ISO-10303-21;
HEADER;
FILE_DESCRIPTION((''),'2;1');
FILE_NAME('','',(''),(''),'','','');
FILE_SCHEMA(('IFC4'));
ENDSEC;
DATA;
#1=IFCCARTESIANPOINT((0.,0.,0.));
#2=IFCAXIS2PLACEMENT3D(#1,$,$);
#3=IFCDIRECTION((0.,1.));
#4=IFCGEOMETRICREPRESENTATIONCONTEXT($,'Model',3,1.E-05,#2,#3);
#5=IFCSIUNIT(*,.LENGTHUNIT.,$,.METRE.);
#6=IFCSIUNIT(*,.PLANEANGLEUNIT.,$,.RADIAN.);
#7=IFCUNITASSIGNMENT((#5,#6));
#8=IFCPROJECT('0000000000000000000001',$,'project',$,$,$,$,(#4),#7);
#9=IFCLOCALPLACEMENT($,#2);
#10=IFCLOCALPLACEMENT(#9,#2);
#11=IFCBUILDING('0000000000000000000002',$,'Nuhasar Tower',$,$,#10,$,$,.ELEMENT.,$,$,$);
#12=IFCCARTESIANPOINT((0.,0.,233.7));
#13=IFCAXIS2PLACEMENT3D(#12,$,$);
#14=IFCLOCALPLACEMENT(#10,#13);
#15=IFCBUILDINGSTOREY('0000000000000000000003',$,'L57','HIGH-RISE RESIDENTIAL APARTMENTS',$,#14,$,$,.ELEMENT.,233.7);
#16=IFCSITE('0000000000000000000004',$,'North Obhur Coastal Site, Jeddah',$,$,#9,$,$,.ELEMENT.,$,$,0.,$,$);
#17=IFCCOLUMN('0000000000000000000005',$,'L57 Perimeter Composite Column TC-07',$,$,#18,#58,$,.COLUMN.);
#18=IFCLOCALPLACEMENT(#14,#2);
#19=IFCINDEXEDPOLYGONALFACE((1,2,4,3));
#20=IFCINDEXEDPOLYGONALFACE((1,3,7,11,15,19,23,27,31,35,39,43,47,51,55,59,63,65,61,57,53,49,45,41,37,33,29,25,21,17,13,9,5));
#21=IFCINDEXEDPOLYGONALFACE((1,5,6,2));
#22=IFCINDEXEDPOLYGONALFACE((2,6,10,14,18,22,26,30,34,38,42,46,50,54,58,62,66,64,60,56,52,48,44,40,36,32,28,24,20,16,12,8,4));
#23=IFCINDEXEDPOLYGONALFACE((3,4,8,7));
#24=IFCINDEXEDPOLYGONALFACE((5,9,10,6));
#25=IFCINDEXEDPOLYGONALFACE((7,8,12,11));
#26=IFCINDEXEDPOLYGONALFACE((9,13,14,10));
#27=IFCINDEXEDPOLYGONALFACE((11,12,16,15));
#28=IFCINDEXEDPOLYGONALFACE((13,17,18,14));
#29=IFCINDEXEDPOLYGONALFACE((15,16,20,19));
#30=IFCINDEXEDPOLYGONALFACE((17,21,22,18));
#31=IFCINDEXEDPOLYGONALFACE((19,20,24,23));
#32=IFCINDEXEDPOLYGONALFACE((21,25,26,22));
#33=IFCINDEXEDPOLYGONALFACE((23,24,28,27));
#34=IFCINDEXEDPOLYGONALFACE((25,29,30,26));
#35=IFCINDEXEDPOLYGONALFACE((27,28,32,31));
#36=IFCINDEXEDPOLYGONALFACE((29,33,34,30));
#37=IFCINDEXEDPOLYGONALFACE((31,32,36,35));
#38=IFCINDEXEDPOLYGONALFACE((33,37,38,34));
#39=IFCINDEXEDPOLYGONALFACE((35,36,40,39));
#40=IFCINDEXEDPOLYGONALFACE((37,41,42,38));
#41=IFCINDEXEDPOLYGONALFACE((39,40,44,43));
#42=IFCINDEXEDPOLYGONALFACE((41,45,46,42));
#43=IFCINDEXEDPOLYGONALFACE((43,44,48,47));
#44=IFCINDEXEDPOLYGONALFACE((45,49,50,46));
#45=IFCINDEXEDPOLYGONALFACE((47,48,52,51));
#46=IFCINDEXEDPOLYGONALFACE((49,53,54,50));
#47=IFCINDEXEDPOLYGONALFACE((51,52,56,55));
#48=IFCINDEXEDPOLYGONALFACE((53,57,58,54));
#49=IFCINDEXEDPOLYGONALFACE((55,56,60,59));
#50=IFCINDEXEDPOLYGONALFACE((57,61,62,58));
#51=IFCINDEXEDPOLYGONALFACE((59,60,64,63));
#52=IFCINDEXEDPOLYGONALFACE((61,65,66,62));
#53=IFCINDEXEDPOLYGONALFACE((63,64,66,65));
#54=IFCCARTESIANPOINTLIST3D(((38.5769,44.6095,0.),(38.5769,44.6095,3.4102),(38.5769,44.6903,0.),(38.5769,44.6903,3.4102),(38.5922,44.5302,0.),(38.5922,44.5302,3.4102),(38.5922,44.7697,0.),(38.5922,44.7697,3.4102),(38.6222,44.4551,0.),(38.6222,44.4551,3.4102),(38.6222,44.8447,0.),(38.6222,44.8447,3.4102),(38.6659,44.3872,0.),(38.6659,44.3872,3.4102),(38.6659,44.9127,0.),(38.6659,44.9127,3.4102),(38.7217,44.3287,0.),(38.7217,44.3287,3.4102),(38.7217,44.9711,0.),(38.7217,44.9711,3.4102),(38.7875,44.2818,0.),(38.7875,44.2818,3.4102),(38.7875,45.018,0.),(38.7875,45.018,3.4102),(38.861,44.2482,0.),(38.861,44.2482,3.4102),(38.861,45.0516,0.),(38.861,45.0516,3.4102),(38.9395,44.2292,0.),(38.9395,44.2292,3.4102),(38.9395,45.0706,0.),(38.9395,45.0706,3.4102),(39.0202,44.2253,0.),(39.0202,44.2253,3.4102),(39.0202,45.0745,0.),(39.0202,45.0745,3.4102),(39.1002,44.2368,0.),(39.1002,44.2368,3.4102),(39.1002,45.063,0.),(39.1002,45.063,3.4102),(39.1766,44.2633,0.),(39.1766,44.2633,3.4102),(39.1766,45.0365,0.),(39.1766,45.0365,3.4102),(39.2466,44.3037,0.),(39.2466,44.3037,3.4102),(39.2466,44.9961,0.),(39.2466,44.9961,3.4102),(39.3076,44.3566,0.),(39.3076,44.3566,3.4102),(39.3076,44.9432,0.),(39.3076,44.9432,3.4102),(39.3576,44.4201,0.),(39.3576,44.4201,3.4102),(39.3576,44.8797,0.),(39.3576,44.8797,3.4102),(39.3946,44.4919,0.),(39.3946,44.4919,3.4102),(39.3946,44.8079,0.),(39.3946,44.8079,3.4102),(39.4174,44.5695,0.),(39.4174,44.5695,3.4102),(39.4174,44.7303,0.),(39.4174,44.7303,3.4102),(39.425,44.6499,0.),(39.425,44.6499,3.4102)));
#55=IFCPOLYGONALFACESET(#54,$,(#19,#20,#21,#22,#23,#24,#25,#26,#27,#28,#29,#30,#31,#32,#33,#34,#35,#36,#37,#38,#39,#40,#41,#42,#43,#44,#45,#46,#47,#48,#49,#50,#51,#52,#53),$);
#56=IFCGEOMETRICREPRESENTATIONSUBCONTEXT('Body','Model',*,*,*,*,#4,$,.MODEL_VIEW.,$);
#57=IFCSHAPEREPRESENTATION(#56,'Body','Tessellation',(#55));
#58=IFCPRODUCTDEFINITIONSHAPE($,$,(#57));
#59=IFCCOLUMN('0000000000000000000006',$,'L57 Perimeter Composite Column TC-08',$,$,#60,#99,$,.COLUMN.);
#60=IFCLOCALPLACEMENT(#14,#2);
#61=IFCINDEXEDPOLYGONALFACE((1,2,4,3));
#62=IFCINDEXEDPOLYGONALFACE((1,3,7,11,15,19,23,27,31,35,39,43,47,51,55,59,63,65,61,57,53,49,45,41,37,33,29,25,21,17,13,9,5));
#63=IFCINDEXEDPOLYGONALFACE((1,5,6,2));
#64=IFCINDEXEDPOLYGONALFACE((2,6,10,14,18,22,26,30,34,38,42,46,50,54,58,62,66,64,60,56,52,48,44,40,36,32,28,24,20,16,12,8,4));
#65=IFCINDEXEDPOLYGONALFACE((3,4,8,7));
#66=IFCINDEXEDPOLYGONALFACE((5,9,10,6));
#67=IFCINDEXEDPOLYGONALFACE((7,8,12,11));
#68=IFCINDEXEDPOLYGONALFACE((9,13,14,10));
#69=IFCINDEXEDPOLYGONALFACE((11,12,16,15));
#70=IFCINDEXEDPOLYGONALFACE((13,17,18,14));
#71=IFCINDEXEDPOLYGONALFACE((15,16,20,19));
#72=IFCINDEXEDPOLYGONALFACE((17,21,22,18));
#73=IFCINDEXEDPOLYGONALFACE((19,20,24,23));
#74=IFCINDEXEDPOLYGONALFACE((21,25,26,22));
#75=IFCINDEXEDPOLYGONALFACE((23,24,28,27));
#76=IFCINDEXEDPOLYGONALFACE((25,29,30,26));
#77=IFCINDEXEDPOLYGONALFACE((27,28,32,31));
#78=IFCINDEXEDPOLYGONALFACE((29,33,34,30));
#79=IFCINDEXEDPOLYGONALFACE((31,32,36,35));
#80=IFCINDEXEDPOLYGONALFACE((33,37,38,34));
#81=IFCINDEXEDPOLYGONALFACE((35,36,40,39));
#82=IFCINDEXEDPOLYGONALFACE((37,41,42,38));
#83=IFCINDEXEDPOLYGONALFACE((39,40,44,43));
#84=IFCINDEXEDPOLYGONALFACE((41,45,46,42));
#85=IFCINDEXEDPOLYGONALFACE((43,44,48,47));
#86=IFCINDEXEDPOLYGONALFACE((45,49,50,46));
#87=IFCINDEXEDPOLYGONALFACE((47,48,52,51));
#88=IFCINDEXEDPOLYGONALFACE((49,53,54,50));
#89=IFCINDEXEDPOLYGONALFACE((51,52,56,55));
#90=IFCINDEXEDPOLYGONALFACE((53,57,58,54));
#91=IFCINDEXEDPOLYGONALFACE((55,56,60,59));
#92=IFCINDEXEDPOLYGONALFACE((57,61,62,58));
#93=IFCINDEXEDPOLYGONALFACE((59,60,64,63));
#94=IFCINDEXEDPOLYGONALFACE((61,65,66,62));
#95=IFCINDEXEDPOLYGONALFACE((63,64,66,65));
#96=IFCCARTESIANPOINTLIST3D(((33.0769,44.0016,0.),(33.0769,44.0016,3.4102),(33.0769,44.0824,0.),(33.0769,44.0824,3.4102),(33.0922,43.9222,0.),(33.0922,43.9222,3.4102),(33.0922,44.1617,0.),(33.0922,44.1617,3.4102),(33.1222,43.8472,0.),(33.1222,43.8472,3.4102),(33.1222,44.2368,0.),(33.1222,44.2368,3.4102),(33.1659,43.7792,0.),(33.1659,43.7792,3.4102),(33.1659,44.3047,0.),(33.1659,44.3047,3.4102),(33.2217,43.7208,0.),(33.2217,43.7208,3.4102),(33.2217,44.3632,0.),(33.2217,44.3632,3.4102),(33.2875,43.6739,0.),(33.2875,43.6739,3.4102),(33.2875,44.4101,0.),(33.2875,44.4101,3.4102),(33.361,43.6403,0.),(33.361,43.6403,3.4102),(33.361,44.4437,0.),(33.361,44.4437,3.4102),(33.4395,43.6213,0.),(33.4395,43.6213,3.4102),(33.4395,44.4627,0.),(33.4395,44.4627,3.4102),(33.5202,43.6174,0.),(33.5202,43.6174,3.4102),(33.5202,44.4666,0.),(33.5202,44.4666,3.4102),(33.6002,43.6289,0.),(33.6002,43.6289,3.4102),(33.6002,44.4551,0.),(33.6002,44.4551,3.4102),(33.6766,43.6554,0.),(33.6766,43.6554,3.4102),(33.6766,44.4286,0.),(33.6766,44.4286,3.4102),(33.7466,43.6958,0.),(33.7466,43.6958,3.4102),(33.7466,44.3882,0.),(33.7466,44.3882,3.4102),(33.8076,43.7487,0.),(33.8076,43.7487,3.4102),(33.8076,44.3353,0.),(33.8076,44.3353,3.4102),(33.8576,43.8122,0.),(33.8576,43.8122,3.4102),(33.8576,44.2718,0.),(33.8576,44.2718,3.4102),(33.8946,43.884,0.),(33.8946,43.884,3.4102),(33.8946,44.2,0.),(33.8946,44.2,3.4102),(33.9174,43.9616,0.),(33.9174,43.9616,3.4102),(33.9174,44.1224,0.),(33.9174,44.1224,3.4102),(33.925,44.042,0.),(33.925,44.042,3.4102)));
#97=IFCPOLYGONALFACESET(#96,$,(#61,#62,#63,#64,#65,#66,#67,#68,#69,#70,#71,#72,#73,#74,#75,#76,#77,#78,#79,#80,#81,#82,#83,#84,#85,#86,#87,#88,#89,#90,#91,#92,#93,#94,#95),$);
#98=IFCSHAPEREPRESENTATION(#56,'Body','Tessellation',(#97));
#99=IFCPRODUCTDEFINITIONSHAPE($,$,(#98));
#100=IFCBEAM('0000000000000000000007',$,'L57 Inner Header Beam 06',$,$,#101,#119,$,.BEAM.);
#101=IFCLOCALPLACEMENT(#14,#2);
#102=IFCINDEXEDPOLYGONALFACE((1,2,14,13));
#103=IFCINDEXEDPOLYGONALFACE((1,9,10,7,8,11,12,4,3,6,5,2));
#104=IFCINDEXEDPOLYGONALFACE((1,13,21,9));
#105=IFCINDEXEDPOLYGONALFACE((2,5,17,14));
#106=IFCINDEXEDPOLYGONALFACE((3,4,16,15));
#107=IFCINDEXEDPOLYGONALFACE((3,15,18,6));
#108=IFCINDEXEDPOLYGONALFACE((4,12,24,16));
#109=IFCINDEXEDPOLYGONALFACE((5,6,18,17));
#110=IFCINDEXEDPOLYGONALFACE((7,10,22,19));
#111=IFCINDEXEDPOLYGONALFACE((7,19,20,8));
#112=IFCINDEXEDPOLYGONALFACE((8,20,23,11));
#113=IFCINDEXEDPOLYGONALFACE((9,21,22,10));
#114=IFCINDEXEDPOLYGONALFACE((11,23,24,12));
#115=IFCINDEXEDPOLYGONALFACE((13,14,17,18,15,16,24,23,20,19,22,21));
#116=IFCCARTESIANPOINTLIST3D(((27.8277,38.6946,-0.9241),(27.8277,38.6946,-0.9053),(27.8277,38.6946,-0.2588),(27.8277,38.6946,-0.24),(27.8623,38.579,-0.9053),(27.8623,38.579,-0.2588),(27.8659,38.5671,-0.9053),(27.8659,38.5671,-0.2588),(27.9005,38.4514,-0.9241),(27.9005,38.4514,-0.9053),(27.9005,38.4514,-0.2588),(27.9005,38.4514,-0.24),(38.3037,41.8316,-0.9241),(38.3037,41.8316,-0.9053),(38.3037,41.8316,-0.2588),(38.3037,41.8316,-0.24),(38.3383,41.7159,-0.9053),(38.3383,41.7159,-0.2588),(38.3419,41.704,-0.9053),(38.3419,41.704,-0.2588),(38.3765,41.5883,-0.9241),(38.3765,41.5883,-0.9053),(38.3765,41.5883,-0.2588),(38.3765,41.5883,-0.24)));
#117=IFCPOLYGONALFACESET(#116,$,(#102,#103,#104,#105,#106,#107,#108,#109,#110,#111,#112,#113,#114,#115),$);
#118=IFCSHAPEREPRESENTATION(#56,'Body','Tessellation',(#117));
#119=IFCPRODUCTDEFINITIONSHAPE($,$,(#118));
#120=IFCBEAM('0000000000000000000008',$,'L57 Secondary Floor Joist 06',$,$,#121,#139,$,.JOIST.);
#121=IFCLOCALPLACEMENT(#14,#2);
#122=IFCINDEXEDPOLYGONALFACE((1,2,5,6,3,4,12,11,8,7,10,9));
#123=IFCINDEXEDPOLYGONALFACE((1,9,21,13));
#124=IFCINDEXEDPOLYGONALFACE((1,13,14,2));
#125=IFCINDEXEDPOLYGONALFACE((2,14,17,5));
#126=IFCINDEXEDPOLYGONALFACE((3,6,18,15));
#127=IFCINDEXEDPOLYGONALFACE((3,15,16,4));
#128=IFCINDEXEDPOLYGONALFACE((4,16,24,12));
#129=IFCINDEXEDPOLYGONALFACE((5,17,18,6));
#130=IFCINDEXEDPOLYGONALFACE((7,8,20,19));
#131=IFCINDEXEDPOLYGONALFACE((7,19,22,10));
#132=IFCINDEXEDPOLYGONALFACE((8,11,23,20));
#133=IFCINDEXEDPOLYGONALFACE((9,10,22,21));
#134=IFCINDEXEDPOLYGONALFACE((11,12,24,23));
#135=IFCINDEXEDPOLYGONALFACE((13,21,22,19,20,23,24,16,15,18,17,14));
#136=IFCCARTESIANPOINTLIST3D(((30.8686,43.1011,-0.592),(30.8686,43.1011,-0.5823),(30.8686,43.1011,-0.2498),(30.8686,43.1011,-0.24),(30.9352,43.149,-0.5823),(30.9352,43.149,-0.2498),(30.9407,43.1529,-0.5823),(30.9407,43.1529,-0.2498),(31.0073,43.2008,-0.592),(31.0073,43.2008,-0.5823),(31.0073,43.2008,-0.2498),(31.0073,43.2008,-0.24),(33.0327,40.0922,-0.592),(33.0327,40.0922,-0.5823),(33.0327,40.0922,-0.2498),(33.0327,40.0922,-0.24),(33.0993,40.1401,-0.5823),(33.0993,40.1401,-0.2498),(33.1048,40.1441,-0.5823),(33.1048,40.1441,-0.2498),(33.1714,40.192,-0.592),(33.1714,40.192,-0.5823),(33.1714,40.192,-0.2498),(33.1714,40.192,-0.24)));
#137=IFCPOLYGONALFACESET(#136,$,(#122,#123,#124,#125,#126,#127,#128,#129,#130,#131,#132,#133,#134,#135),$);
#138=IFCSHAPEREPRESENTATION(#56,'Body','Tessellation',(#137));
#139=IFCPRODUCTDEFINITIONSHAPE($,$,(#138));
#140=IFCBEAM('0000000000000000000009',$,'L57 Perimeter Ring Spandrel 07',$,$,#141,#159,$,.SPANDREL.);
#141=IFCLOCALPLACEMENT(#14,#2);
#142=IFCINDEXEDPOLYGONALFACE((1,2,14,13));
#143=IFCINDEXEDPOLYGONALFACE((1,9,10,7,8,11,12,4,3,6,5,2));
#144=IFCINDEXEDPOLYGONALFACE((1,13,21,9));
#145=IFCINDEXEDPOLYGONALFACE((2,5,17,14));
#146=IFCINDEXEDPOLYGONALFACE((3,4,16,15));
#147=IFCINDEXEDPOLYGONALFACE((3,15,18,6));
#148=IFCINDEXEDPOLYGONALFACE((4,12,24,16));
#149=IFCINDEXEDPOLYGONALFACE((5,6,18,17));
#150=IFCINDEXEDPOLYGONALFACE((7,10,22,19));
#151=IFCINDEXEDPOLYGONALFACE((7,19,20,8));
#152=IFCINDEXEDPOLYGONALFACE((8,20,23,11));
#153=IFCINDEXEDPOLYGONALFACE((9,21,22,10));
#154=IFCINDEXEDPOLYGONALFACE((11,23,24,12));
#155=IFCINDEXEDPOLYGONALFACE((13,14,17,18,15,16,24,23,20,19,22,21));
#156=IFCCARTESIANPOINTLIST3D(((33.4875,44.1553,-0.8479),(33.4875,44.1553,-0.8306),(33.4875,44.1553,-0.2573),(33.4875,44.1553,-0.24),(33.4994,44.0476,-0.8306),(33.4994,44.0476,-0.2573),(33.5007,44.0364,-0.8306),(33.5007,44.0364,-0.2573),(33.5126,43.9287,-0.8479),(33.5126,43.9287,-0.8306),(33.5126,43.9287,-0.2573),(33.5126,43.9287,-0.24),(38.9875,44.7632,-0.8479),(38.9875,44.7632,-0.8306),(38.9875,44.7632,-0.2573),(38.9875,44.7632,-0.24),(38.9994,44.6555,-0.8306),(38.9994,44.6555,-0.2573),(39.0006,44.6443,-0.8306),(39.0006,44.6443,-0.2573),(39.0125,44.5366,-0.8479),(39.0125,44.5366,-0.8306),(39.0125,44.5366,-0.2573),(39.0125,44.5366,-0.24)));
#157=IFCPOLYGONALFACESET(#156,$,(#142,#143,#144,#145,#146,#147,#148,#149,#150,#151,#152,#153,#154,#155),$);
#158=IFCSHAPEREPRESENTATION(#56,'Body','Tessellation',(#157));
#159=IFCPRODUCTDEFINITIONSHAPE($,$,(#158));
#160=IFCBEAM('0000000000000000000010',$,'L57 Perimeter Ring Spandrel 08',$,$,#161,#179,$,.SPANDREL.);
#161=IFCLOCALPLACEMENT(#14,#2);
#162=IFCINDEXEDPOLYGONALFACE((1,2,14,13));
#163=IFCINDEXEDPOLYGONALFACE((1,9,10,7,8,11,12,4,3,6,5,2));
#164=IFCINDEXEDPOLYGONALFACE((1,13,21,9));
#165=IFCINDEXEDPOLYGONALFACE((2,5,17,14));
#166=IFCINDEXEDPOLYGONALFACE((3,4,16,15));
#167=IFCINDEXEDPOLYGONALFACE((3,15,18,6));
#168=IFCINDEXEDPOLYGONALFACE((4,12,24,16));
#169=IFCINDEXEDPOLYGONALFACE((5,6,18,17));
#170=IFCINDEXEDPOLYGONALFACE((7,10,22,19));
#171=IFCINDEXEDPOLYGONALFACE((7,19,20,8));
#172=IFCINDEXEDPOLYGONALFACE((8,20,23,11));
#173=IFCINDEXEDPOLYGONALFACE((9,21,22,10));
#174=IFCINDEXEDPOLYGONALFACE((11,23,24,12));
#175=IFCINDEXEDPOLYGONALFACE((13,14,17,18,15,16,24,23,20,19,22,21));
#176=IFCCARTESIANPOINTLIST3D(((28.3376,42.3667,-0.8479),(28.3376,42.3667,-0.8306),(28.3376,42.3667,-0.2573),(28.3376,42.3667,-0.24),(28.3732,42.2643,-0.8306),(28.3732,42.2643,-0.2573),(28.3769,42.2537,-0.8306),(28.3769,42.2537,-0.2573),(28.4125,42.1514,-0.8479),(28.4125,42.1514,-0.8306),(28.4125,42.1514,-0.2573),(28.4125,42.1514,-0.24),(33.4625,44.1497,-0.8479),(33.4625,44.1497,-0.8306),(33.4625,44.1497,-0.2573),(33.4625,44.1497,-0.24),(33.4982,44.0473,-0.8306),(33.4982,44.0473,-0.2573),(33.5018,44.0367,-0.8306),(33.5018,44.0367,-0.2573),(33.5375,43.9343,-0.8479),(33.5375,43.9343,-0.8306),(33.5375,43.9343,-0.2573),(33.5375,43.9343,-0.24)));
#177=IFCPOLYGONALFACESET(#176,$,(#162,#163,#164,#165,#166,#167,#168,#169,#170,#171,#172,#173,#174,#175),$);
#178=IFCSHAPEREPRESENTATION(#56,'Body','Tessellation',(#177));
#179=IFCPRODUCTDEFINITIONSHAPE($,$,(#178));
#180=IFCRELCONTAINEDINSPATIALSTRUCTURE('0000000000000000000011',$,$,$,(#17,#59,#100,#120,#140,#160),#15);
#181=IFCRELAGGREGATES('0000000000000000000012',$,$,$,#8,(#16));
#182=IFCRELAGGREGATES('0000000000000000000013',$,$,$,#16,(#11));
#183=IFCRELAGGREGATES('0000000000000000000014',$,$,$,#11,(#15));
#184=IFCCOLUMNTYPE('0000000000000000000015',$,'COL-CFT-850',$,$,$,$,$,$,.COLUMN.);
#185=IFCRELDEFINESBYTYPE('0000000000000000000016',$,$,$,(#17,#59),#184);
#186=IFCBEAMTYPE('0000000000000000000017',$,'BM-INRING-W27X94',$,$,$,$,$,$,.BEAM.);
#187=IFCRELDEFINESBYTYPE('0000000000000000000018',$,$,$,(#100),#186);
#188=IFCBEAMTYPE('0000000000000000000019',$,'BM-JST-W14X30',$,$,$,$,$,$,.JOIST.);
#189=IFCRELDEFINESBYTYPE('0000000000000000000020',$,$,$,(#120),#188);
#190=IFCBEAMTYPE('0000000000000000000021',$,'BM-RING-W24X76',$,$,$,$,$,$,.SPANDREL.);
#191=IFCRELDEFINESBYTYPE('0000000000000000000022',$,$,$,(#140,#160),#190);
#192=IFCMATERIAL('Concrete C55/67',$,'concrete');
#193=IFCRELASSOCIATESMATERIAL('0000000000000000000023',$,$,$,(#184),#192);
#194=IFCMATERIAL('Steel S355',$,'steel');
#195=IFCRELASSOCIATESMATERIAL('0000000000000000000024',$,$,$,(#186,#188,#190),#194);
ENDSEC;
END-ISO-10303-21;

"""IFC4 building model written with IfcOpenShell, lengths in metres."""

from ifc_helpers import new_model, si_unit, direction, frame, origin, origin_2d, place, context, subcontext, project, spatial, circle, i_section, extrude, material, material_profile, profile_set, type_object, element, save


model = new_model("IFC4")

# Units and contexts
model_context = context("Model", 3, precision=1e-05, world=origin(), true_north=direction((0.0, 1.0)))
body_context = subcontext(model_context, "Body", "Model", "MODEL_VIEW")
ifc_project = project(units=[si_unit("LENGTHUNIT", "METRE"), si_unit("PLANEANGLEUNIT", "RADIAN")], contexts=[model_context])

# Site, building, storey
site_placement = place(None, origin())
site = spatial("IfcSite", under=ifc_project, at=site_placement, Name="North Obhur Coastal Site, Jeddah", CompositionType="ELEMENT", RefElevation=0.0)
building_placement = place(site_placement, origin())
building = spatial("IfcBuilding", under=site, at=building_placement, Name="Nuhasar Tower", CompositionType="ELEMENT")
storey_placement = place(building_placement, frame((0.0, 0.0, 233.7)))
storey = spatial("IfcBuildingStorey", under=building, at=storey_placement, Name="L57", Description="HIGH-RISE RESIDENTIAL APARTMENTS", CompositionType="ELEMENT", Elevation=233.7)

# Columns
ifc_material_1 = material(Name="Concrete C55/67", Category="concrete")
ifc_material_profile_1 = material_profile(ifc_material_1, circle(Radius=0.425, at=origin_2d()), Name="CFT850")
ifc_profile_set_1 = profile_set([ifc_material_profile_1], Name="Concrete C55/67")
column_type = type_object("IfcColumnType", Name="COL-CFT-850", PredefinedType="COLUMN", material=ifc_profile_set_1)
for number, where, z_axis, x_axis, name in (
    (1, (39.0, 44.6499, 0.0), (0.0, 0.0, 1.0), (1.0, 0.0, 0.0), "L57 Perimeter Composite Column TC-07"),
    (2, (33.5, 44.042, 0.0), (0.0, 0.0, 1.0), (1.0, 0.0, 0.0), "L57 Perimeter Composite Column TC-08"),
):
    element("IfcColumn", number, at=place(storey_placement, frame(where, z_axis=z_axis, x_axis=x_axis)), inside=storey, type_object=column_type, Name=name, PredefinedType="COLUMN", context=body_context, shape_type="SweptSolid", body=[
        extrude(circle(Radius=0.425, at=origin_2d()), origin(), (0.0, 0.0, 1.0), 3.4102),
    ])

# Beams
ifc_material_2 = material(Name="Steel S355", Category="steel")
ifc_material_profile_2 = material_profile(ifc_material_2, i_section(OverallWidth=0.2539, OverallDepth=0.6841, WebThickness=0.0125, FlangeThickness=0.0188, at=origin_2d()), Name="W27X94")
ifc_profile_set_2 = profile_set([ifc_material_profile_2], Name="Steel S355")
beam_type_1 = type_object("IfcBeamType", Name="BM-INRING-W27X94", PredefinedType="BEAM", material=ifc_profile_set_2)
beam_1_placement = place(storey_placement, frame((38.3401, 41.71, -0.582), z_axis=(-0.957974, -0.286856, 0.0), x_axis=(0.286856, -0.957974, 0.0)))
element("IfcBeam", 3, at=beam_1_placement, inside=storey, type_object=beam_type_1, Name="L57 Inner Header Beam 06", PredefinedType="BEAM", context=body_context, shape_type="SweptSolid", body=[
    extrude(i_section(OverallWidth=0.2539, OverallDepth=0.6841, WebThickness=0.0125, FlangeThickness=0.0188, at=origin_2d()), origin(), (0.0, 0.0, 1.0), 10.9355),
])
ifc_material_profile_3 = material_profile(ifc_material_2, i_section(OverallWidth=0.1709, OverallDepth=0.3521, WebThickness=0.0068, FlangeThickness=0.0098, at=origin_2d()), Name="W14X30")
ifc_profile_set_3 = profile_set([ifc_material_profile_3], Name="Steel S355")
beam_type_2 = type_object("IfcBeamType", Name="BM-JST-W14X30", PredefinedType="JOIST", material=ifc_profile_set_3)
beam_2_placement = place(storey_placement, frame((33.1021, 40.1421, -0.416), z_axis=(-0.583902, 0.811824, 0.0), x_axis=(-0.811824, -0.583902, 0.0)))
element("IfcBeam", 4, at=beam_2_placement, inside=storey, type_object=beam_type_2, Name="L57 Secondary Floor Joist 06", PredefinedType="JOIST", context=body_context, shape_type="SweptSolid", body=[
    extrude(i_section(OverallWidth=0.1709, OverallDepth=0.3521, WebThickness=0.0068, FlangeThickness=0.0098, at=origin_2d()), origin(), (0.0, 0.0, 1.0), 3.7063),
])
ifc_material_profile_4 = material_profile(ifc_material_2, i_section(OverallWidth=0.228, OverallDepth=0.6079, WebThickness=0.0112, FlangeThickness=0.0173, at=origin_2d()), Name="W24X76")
ifc_profile_set_4 = profile_set([ifc_material_profile_4], Name="Steel S355")
beam_type_3 = type_object("IfcBeamType", Name="BM-RING-W24X76", PredefinedType="SPANDREL", material=ifc_profile_set_4)
beam_3_placement = place(storey_placement, frame((39.0, 44.6499, -0.5439), z_axis=(-0.993947, -0.10986, 0.0), x_axis=(0.10986, -0.993947, 0.0)))
element("IfcBeam", 5, at=beam_3_placement, inside=storey, type_object=beam_type_3, Name="L57 Perimeter Ring Spandrel 07", PredefinedType="SPANDREL", context=body_context, shape_type="SweptSolid", body=[
    extrude(i_section(OverallWidth=0.228, OverallDepth=0.6079, WebThickness=0.0112, FlangeThickness=0.0173, at=origin_2d()), origin(), (0.0, 0.0, 1.0), 5.5334),
])
beam_4_placement = place(storey_placement, frame((33.5, 44.042, -0.5439), z_axis=(-0.944477, -0.328578, 0.0), x_axis=(0.328578, -0.944477, 0.0)))
element("IfcBeam", 6, at=beam_4_placement, inside=storey, type_object=beam_type_3, Name="L57 Perimeter Ring Spandrel 08", PredefinedType="SPANDREL", context=body_context, shape_type="SweptSolid", body=[
    extrude(i_section(OverallWidth=0.228, OverallDepth=0.6079, WebThickness=0.0112, FlangeThickness=0.0173, at=origin_2d()), origin(), (0.0, 0.0, 1.0), 5.4263),
])

save(model, "model.ifc")
